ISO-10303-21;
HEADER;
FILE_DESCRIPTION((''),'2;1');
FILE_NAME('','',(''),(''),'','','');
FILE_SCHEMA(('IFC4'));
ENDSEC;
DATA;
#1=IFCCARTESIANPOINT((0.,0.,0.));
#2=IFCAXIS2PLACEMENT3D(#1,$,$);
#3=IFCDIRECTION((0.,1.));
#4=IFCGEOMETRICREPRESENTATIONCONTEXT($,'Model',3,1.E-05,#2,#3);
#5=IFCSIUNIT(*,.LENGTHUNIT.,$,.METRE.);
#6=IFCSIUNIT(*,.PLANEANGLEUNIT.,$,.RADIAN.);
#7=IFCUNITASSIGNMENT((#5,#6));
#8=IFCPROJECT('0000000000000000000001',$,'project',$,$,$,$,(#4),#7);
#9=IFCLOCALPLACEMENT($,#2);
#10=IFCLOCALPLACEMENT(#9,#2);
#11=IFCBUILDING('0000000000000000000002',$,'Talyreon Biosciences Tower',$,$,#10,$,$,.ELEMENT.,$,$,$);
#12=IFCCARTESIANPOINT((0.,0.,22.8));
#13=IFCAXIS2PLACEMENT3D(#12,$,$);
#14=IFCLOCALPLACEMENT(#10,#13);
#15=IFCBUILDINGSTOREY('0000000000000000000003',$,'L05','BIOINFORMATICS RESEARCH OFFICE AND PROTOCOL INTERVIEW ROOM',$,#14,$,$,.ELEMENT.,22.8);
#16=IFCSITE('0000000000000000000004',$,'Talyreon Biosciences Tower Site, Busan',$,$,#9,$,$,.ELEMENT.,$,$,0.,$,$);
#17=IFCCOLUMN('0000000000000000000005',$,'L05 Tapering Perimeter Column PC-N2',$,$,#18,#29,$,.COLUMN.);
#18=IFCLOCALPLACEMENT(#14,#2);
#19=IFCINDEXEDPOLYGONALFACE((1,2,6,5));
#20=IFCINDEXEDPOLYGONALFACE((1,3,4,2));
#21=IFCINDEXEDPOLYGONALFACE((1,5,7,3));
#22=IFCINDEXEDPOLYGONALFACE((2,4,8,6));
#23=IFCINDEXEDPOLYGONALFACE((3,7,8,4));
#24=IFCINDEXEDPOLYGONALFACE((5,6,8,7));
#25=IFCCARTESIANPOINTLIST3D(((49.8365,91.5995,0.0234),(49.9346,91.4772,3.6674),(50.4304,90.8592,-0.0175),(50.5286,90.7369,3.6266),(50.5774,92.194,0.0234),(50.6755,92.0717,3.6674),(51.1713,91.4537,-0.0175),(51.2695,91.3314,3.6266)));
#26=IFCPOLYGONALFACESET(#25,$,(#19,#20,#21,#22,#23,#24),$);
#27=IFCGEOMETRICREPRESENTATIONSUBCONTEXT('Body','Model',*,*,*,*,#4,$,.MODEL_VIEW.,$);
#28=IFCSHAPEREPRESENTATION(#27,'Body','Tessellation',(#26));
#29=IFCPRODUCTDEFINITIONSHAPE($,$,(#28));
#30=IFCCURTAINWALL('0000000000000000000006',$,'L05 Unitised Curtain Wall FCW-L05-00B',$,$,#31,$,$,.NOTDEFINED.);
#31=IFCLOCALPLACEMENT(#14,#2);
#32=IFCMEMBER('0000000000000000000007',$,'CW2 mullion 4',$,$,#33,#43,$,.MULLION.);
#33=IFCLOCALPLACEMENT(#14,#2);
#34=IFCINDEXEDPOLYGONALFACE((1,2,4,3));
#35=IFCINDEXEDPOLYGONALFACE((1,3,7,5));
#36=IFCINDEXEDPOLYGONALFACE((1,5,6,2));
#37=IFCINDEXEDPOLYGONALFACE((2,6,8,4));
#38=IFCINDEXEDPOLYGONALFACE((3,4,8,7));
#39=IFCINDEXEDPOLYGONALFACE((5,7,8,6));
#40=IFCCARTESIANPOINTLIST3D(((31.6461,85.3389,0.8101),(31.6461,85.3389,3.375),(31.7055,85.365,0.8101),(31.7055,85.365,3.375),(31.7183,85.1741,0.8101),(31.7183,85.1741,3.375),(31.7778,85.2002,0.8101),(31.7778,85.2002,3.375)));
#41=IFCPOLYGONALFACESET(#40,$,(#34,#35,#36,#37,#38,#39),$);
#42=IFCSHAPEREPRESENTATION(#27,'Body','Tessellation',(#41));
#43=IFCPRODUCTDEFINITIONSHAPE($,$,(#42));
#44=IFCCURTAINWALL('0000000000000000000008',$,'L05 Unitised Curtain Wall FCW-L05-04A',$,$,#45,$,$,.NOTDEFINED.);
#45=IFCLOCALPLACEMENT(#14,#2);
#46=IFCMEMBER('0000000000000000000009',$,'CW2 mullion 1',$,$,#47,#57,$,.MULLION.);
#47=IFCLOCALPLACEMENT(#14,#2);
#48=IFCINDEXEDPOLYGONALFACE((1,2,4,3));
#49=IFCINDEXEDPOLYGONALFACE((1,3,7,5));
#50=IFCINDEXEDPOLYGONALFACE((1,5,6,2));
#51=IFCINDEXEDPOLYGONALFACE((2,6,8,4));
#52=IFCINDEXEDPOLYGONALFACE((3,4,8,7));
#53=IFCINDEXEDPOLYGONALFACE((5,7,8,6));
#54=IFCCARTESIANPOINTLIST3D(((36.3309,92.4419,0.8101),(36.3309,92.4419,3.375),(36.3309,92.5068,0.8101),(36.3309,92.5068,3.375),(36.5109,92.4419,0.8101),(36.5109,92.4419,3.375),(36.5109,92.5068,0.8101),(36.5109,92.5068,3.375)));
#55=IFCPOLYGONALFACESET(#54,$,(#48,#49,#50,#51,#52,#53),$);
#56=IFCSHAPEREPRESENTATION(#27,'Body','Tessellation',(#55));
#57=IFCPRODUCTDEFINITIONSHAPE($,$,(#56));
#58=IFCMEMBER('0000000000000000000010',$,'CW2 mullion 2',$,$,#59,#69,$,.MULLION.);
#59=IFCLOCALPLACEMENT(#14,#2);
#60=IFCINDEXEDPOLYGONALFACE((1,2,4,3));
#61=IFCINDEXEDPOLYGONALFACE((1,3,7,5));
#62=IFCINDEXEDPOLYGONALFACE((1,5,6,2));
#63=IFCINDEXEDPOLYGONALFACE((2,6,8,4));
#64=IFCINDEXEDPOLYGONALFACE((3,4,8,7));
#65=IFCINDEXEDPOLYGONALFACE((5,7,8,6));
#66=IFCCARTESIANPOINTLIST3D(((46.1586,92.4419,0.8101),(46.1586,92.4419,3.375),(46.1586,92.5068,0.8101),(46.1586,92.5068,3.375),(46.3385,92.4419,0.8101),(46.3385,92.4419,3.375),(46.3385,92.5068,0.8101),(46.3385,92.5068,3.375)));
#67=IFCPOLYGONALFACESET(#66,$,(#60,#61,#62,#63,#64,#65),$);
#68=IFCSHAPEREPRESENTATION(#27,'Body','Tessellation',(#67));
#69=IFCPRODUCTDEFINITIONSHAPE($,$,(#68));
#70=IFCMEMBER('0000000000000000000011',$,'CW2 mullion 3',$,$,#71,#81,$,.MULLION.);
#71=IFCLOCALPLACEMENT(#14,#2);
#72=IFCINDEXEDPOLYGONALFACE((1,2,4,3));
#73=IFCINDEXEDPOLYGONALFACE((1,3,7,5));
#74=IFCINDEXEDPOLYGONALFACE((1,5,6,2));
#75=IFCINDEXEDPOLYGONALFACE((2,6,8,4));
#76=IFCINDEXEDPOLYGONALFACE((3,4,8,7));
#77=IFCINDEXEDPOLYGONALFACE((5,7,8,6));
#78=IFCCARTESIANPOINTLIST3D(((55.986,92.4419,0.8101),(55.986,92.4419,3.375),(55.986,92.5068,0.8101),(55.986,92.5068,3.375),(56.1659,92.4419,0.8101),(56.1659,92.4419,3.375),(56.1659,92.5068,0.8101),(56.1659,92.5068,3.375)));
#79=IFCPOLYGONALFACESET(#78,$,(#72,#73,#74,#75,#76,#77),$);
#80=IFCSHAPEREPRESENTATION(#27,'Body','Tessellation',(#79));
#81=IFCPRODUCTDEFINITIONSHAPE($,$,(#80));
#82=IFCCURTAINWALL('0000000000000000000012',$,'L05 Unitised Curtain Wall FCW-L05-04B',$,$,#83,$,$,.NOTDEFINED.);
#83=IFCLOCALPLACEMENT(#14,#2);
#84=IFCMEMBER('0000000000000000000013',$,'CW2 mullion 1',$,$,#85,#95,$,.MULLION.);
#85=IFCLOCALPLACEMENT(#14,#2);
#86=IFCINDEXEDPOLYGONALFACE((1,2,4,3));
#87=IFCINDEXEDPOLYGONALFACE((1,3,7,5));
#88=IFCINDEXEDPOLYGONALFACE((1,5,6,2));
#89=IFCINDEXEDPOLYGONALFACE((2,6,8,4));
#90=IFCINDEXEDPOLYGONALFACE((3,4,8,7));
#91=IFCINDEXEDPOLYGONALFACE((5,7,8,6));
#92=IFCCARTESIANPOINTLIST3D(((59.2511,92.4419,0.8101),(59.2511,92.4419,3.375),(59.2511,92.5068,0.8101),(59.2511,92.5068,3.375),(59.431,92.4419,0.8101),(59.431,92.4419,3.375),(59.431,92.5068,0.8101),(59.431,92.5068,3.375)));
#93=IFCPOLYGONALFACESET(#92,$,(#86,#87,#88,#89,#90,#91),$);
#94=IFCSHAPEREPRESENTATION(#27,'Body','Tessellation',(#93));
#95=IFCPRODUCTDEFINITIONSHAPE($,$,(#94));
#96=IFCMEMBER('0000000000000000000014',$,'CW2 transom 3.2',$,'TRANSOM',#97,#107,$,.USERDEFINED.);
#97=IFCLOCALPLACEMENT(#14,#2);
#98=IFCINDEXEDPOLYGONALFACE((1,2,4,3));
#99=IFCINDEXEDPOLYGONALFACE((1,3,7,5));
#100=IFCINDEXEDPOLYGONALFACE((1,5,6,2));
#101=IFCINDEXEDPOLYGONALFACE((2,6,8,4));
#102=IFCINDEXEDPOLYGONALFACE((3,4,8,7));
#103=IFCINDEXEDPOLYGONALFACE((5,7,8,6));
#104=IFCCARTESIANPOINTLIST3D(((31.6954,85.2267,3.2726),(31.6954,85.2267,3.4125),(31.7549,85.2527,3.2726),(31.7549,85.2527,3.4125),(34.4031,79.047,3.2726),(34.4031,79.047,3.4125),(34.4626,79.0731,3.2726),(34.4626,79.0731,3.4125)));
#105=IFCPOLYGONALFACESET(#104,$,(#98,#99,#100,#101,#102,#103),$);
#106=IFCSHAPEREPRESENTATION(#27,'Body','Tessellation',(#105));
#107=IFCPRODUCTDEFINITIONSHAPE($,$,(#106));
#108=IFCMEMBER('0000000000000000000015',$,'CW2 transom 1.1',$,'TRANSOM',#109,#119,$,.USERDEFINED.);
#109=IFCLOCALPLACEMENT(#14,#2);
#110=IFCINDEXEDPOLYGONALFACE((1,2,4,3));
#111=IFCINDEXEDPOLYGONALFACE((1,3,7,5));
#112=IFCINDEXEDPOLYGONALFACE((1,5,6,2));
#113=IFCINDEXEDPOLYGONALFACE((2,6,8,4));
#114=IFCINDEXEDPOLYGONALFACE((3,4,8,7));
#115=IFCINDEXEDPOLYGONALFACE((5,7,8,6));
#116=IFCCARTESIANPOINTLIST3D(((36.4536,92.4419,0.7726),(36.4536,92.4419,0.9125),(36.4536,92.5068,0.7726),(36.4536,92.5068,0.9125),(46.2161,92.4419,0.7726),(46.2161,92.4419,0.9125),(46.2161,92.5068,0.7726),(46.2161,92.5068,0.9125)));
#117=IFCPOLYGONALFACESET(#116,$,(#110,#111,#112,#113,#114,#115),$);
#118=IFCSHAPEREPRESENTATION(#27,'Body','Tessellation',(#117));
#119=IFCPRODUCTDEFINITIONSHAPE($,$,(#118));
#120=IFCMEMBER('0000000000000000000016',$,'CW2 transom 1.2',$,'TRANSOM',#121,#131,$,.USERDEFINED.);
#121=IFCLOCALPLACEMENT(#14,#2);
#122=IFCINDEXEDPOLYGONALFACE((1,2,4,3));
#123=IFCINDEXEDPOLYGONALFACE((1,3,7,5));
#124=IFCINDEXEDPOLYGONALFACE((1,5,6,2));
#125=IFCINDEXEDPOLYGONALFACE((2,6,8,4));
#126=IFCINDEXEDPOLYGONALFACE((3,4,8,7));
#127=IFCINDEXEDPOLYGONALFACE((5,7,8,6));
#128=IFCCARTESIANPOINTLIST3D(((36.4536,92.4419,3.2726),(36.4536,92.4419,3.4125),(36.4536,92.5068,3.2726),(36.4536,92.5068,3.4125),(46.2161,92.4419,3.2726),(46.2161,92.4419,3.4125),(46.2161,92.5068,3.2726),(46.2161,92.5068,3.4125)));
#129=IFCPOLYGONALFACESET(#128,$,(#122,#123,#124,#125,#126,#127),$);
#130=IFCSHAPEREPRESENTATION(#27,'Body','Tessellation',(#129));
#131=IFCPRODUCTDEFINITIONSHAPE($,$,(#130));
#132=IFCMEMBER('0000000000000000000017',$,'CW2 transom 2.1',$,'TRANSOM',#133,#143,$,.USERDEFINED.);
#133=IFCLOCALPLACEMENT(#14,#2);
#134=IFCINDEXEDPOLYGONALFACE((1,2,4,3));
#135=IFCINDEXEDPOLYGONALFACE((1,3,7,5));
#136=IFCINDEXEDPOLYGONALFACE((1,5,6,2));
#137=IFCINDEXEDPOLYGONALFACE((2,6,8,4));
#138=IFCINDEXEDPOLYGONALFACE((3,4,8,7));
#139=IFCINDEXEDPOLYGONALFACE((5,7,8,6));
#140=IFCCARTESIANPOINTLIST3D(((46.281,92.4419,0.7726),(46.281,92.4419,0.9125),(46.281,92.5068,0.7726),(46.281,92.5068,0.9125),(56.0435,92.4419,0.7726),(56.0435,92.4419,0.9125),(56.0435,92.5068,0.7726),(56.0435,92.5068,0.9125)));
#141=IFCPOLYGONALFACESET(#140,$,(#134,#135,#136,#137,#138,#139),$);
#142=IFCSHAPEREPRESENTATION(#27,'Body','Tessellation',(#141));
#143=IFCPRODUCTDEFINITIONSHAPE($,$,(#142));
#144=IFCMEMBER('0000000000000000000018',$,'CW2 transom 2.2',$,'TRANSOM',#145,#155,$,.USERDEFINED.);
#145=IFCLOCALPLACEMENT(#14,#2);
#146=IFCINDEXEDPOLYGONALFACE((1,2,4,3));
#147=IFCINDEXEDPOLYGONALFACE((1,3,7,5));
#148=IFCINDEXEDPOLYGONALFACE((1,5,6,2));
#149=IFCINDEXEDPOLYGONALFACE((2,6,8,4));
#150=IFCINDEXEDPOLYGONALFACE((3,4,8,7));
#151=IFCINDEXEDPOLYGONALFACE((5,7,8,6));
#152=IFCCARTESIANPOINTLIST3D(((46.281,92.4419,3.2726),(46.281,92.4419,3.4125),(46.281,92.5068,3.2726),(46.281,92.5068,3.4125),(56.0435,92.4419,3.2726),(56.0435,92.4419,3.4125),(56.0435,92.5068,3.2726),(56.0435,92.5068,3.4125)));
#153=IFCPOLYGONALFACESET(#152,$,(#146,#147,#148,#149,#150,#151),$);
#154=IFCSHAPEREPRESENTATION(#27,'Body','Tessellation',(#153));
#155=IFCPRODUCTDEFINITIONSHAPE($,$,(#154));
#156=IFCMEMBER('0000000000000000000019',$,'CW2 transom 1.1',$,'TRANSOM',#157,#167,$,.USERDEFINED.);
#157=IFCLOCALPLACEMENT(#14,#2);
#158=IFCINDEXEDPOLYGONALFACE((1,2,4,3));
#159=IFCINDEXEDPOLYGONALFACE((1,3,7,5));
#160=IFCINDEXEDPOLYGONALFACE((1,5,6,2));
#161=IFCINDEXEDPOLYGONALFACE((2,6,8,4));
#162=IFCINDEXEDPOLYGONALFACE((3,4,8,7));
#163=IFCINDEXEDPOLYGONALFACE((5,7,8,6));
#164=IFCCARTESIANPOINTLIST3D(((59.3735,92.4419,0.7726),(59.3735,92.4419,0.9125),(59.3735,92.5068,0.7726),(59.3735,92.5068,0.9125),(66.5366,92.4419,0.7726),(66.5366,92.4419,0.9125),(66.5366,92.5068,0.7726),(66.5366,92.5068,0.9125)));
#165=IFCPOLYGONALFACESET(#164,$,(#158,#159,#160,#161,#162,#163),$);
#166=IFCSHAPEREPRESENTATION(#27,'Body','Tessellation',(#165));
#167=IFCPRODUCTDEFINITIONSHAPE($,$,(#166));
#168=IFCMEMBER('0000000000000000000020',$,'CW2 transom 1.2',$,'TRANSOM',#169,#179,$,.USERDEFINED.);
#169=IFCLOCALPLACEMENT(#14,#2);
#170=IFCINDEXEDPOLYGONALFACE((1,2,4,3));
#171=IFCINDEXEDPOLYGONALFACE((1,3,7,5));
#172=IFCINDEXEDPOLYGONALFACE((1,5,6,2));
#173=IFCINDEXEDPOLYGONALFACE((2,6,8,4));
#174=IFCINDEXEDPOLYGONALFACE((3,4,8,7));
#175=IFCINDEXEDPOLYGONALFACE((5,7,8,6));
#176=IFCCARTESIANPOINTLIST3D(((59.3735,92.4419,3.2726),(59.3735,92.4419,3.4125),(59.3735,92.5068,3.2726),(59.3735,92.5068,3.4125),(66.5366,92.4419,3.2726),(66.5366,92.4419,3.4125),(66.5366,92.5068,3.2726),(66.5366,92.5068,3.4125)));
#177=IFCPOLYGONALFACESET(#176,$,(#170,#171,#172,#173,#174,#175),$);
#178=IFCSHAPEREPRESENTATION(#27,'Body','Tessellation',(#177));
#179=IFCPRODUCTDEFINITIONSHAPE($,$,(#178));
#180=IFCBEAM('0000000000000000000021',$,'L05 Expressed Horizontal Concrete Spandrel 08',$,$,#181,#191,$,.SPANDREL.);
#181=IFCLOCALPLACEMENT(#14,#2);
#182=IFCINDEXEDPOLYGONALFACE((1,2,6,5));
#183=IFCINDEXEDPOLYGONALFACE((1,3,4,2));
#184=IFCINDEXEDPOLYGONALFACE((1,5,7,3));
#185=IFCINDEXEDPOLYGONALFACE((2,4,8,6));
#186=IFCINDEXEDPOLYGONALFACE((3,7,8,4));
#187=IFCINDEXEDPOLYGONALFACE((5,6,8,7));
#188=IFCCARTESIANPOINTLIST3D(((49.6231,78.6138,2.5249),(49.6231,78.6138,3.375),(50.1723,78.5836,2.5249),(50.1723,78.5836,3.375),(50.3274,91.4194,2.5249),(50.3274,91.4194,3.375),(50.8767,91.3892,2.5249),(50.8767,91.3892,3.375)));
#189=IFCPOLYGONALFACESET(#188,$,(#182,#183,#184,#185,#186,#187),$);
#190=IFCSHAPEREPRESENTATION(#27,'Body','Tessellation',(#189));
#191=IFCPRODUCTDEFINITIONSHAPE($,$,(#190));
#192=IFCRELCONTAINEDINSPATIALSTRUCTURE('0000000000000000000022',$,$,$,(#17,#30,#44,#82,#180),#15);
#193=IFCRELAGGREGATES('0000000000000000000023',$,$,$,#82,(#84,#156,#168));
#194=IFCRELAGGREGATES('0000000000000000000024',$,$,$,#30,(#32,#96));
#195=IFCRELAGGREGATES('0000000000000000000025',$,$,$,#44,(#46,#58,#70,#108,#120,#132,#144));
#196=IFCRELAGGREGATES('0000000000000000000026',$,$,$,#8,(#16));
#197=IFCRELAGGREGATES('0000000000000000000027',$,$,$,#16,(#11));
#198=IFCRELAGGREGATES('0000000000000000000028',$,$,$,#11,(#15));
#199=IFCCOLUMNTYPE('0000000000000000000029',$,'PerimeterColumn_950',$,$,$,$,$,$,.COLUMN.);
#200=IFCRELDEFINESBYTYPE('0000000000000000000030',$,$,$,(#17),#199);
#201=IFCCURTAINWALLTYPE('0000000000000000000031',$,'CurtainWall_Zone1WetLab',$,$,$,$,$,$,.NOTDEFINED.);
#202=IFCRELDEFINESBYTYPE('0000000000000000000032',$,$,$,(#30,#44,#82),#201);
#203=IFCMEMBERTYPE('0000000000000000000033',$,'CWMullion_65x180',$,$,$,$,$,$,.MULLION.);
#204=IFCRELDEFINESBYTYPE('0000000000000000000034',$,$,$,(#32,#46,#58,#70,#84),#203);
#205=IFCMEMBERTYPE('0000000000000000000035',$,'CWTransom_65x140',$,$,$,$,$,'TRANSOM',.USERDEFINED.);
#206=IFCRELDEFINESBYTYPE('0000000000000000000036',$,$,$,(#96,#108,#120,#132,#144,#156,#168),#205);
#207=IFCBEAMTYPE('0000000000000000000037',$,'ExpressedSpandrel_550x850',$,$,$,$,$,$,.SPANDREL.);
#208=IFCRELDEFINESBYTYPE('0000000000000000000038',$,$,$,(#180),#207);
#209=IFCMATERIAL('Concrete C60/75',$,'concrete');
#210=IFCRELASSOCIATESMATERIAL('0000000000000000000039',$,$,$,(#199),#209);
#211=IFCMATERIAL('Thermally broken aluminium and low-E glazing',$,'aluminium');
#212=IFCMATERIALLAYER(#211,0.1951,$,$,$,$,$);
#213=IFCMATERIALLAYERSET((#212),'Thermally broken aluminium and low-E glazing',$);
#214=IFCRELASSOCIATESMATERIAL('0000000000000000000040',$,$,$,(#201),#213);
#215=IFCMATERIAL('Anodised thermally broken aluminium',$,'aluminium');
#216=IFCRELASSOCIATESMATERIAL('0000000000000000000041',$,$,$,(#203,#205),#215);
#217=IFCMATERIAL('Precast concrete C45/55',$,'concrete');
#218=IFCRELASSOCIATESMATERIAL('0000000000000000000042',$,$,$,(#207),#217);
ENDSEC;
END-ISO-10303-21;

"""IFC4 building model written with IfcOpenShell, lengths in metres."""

from ifc_helpers import new_model, si_unit, direction, frame, origin, origin_2d, place, context, subcontext, project, spatial, rectangle, extrude, material, layer, layer_set, material_profile, profile_set, type_object, element, aggregate, save


model = new_model("IFC4")

# Units and contexts
model_context = context("Model", 3, precision=1e-05, world=origin(), true_north=direction((0.0, 1.0)))
body_context = subcontext(model_context, "Body", "Model", "MODEL_VIEW")
ifc_project = project(units=[si_unit("LENGTHUNIT", "METRE"), si_unit("PLANEANGLEUNIT", "RADIAN")], contexts=[model_context])

# Site, building, storey
site_placement = place(None, origin())
site = spatial("IfcSite", under=ifc_project, at=site_placement, Name="Talyreon Biosciences Tower Site, Busan", CompositionType="ELEMENT", RefElevation=0.0)
building_placement = place(site_placement, origin())
building = spatial("IfcBuilding", under=site, at=building_placement, Name="Talyreon Biosciences Tower", CompositionType="ELEMENT")
storey_placement = place(building_placement, frame((0.0, 0.0, 22.8)))
storey = spatial("IfcBuildingStorey", under=building, at=storey_placement, Name="L05", Description="BIOINFORMATICS RESEARCH OFFICE AND PROTOCOL INTERVIEW ROOM", CompositionType="ELEMENT", Elevation=22.8)

# Column
ifc_material_1 = material(Name="Concrete C60/75", Category="concrete")
ifc_material_profile_1 = material_profile(ifc_material_1, rectangle(XDim=0.95, YDim=0.95, at=origin_2d()), Name="RC 950x950")
ifc_profile_set_1 = profile_set([ifc_material_profile_1], Name="Concrete C60/75")
column_type = type_object("IfcColumnType", Name="PerimeterColumn_950", PredefinedType="COLUMN", material=ifc_profile_set_1)
column_placement = place(storey_placement, frame((50.5039, 91.5266, 0.0029), z_axis=(0.026908, -0.033535, 0.999075), x_axis=(-0.779957, -0.625834, 0.0)))
element("IfcColumn", 1, at=column_placement, inside=storey, type_object=column_type, Name="L05 Tapering Perimeter Column PC-N2", PredefinedType="COLUMN", context=body_context, shape_type="SweptSolid", body=[
    extrude(rectangle(XDim=0.95, YDim=0.95, at=origin_2d()), origin(), (0.0, 0.0, 1.0), 3.6475),
])

# Curtain wall, member
ifc_material_2 = material(Name="Thermally broken aluminium and low-E glazing", Category="aluminium")
ifc_layer_1 = layer(ifc_material_2, 0.1951)
ifc_layer_set_1 = layer_set([ifc_layer_1], Name="Thermally broken aluminium and low-E glazing")
curtain_wall_type = type_object("IfcCurtainWallType", Name="CurtainWall_Zone1WetLab", PredefinedType="NOTDEFINED", material=ifc_layer_set_1)
curtain_wall_1_placement = place(storey_placement, origin())
curtain_wall_1 = element("IfcCurtainWall", 2, at=curtain_wall_1_placement, inside=storey, type_object=curtain_wall_type, Name="L05 Unitised Curtain Wall FCW-L05-00B", PredefinedType="NOTDEFINED")
ifc_material_3 = material(Name="Anodised thermally broken aluminium", Category="aluminium")
ifc_material_profile_2 = material_profile(ifc_material_3, rectangle(XDim=0.0649, YDim=0.1799, at=origin_2d()), Name="ALUM MULLION 65x180")
ifc_profile_set_2 = profile_set([ifc_material_profile_2], Name="Anodised thermally broken aluminium")
member_type_1 = type_object("IfcMemberType", Name="CWMullion_65x180", PredefinedType="MULLION", material=ifc_profile_set_2)
member_1_placement = place(storey_placement, frame((31.7119, 85.2695, 0.8101), z_axis=(0.0, 0.0, 1.0), x_axis=(-0.915926, -0.401347, 0.0)))
member_1 = element("IfcMember", 3, at=member_1_placement, type_object=member_type_1, Name="CW2 mullion 4", PredefinedType="MULLION", context=body_context, shape_type="SweptSolid", body=[
    extrude(rectangle(XDim=0.0649, YDim=0.1799, at=origin_2d()), origin(), (0.0, 0.0, 1.0), 2.5649),
])

# Curtain wall, members
curtain_wall_2_placement = place(storey_placement, origin())
curtain_wall_2 = element("IfcCurtainWall", 4, at=curtain_wall_2_placement, inside=storey, type_object=curtain_wall_type, Name="L05 Unitised Curtain Wall FCW-L05-04A", PredefinedType="NOTDEFINED")
member_2_placement = place(storey_placement, frame((36.4209, 92.4744, 0.8101), z_axis=(0.0, 0.0, 1.0), x_axis=(0.0, 1.0, 0.0)))
member_2 = element("IfcMember", 5, at=member_2_placement, type_object=member_type_1, Name="CW2 mullion 1", PredefinedType="MULLION", context=body_context, shape_type="SweptSolid", body=[
    extrude(rectangle(XDim=0.0649, YDim=0.1799, at=origin_2d()), origin(), (0.0, 0.0, 1.0), 2.5649),
])
member_3_placement = place(storey_placement, frame((46.2485, 92.4744, 0.8101), z_axis=(0.0, 0.0, 1.0), x_axis=(0.0, 1.0, 0.0)))
member_3 = element("IfcMember", 6, at=member_3_placement, type_object=member_type_1, Name="CW2 mullion 2", PredefinedType="MULLION", context=body_context, shape_type="SweptSolid", body=[
    extrude(rectangle(XDim=0.0649, YDim=0.1799, at=origin_2d()), origin(), (0.0, 0.0, 1.0), 2.5649),
])
member_4_placement = place(storey_placement, frame((56.0759, 92.4744, 0.8101), z_axis=(0.0, 0.0, 1.0), x_axis=(0.0, 1.0, 0.0)))
member_4 = element("IfcMember", 7, at=member_4_placement, type_object=member_type_1, Name="CW2 mullion 3", PredefinedType="MULLION", context=body_context, shape_type="SweptSolid", body=[
    extrude(rectangle(XDim=0.0649, YDim=0.1799, at=origin_2d()), origin(), (0.0, 0.0, 1.0), 2.5649),
])

# Curtain wall, member
curtain_wall_3_placement = place(storey_placement, origin())
curtain_wall_3 = element("IfcCurtainWall", 8, at=curtain_wall_3_placement, inside=storey, type_object=curtain_wall_type, Name="L05 Unitised Curtain Wall FCW-L05-04B", PredefinedType="NOTDEFINED")
member_5_placement = place(storey_placement, frame((59.3411, 92.4744, 0.8101), z_axis=(0.0, 0.0, 1.0), x_axis=(0.0, 1.0, 0.0)))
member_5 = element("IfcMember", 9, at=member_5_placement, type_object=member_type_1, Name="CW2 mullion 1", PredefinedType="MULLION", context=body_context, shape_type="SweptSolid", body=[
    extrude(rectangle(XDim=0.0649, YDim=0.1799, at=origin_2d()), origin(), (0.0, 0.0, 1.0), 2.5649),
])

# Members
ifc_material_profile_3 = material_profile(ifc_material_3, rectangle(XDim=0.0649, YDim=0.1399, at=origin_2d()), Name="ALUM TRANSOM 65x140")
ifc_profile_set_3 = profile_set([ifc_material_profile_3], Name="Anodised thermally broken aluminium")
member_type_2 = type_object("IfcMemberType", Name="CWTransom_65x140", ElementType="TRANSOM", PredefinedType="USERDEFINED", material=ifc_profile_set_3)
member_6_placement = place(storey_placement, frame((34.4329, 79.0601, 3.3425), z_axis=(-0.401335, 0.915931, 0.0), x_axis=(-0.915931, -0.401335, 0.0)))
member_6 = element("IfcMember", 10, at=member_6_placement, type_object=member_type_2, Name="CW2 transom 3.2", ObjectType="TRANSOM", PredefinedType="USERDEFINED", context=body_context, shape_type="SweptSolid", body=[
    extrude(rectangle(XDim=0.0649, YDim=0.1399, at=origin_2d()), origin(), (0.0, 0.0, 1.0), 6.7468),
])
member_7_placement = place(storey_placement, frame((36.4536, 92.4744, 0.8425), z_axis=(1.0, 0.0, 0.0), x_axis=(0.0, 1.0, 0.0)))
member_7 = element("IfcMember", 11, at=member_7_placement, type_object=member_type_2, Name="CW2 transom 1.1", ObjectType="TRANSOM", PredefinedType="USERDEFINED", context=body_context, shape_type="SweptSolid", body=[
    extrude(rectangle(XDim=0.0649, YDim=0.1399, at=origin_2d()), origin(), (0.0, 0.0, 1.0), 9.7625),
])
member_8_placement = place(storey_placement, frame((36.4536, 92.4744, 3.3425), z_axis=(1.0, 0.0, 0.0), x_axis=(0.0, 1.0, 0.0)))
member_8 = element("IfcMember", 12, at=member_8_placement, type_object=member_type_2, Name="CW2 transom 1.2", ObjectType="TRANSOM", PredefinedType="USERDEFINED", context=body_context, shape_type="SweptSolid", body=[
    extrude(rectangle(XDim=0.0649, YDim=0.1399, at=origin_2d()), origin(), (0.0, 0.0, 1.0), 9.7625),
])
member_9_placement = place(storey_placement, frame((46.281, 92.4744, 0.8425), z_axis=(1.0, 0.0, 0.0), x_axis=(0.0, 1.0, 0.0)))
member_9 = element("IfcMember", 13, at=member_9_placement, type_object=member_type_2, Name="CW2 transom 2.1", ObjectType="TRANSOM", PredefinedType="USERDEFINED", context=body_context, shape_type="SweptSolid", body=[
    extrude(rectangle(XDim=0.0649, YDim=0.1399, at=origin_2d()), origin(), (0.0, 0.0, 1.0), 9.7625),
])
member_10_placement = place(storey_placement, frame((46.281, 92.4744, 3.3425), z_axis=(1.0, 0.0, 0.0), x_axis=(0.0, 1.0, 0.0)))
member_10 = element("IfcMember", 14, at=member_10_placement, type_object=member_type_2, Name="CW2 transom 2.2", ObjectType="TRANSOM", PredefinedType="USERDEFINED", context=body_context, shape_type="SweptSolid", body=[
    extrude(rectangle(XDim=0.0649, YDim=0.1399, at=origin_2d()), origin(), (0.0, 0.0, 1.0), 9.7625),
])
member_11_placement = place(storey_placement, frame((59.3735, 92.4744, 0.8425), z_axis=(1.0, 0.0, 0.0), x_axis=(0.0, 1.0, 0.0)))
member_11 = element("IfcMember", 15, at=member_11_placement, type_object=member_type_2, Name="CW2 transom 1.1", ObjectType="TRANSOM", PredefinedType="USERDEFINED", context=body_context, shape_type="SweptSolid", body=[
    extrude(rectangle(XDim=0.0649, YDim=0.1399, at=origin_2d()), origin(), (0.0, 0.0, 1.0), 7.1631),
])
member_12_placement = place(storey_placement, frame((59.3735, 92.4744, 3.3425), z_axis=(1.0, 0.0, 0.0), x_axis=(0.0, 1.0, 0.0)))
member_12 = element("IfcMember", 16, at=member_12_placement, type_object=member_type_2, Name="CW2 transom 1.2", ObjectType="TRANSOM", PredefinedType="USERDEFINED", context=body_context, shape_type="SweptSolid", body=[
    extrude(rectangle(XDim=0.0649, YDim=0.1399, at=origin_2d()), origin(), (0.0, 0.0, 1.0), 7.1631),
])
aggregate(curtain_wall_3, [member_5, member_11, member_12])

# Beam
ifc_material_4 = material(Name="Precast concrete C45/55", Category="concrete")
ifc_material_profile_4 = material_profile(ifc_material_4, rectangle(XDim=0.55, YDim=0.8501, at=origin_2d()), Name="RCB 550x850")
ifc_profile_set_4 = profile_set([ifc_material_profile_4], Name="Precast concrete C45/55")
beam_type = type_object("IfcBeamType", Name="ExpressedSpandrel_550x850", PredefinedType="SPANDREL", material=ifc_profile_set_4)
beam_placement = place(storey_placement, frame((50.6021, 91.4043, 2.95), z_axis=(-0.05492, -0.998491, 0.0), x_axis=(0.998491, -0.05492, 0.0)))
element("IfcBeam", 17, at=beam_placement, inside=storey, type_object=beam_type, Name="L05 Expressed Horizontal Concrete Spandrel 08", PredefinedType="SPANDREL", context=body_context, shape_type="SweptSolid", body=[
    extrude(rectangle(XDim=0.55, YDim=0.8501, at=origin_2d()), origin(), (0.0, 0.0, 1.0), 12.825),
])

aggregate(curtain_wall_1, [member_1, member_6])
aggregate(curtain_wall_2, [member_2, member_3, member_4, member_7, member_8, member_9, member_10])

save(model, "model.ifc")
